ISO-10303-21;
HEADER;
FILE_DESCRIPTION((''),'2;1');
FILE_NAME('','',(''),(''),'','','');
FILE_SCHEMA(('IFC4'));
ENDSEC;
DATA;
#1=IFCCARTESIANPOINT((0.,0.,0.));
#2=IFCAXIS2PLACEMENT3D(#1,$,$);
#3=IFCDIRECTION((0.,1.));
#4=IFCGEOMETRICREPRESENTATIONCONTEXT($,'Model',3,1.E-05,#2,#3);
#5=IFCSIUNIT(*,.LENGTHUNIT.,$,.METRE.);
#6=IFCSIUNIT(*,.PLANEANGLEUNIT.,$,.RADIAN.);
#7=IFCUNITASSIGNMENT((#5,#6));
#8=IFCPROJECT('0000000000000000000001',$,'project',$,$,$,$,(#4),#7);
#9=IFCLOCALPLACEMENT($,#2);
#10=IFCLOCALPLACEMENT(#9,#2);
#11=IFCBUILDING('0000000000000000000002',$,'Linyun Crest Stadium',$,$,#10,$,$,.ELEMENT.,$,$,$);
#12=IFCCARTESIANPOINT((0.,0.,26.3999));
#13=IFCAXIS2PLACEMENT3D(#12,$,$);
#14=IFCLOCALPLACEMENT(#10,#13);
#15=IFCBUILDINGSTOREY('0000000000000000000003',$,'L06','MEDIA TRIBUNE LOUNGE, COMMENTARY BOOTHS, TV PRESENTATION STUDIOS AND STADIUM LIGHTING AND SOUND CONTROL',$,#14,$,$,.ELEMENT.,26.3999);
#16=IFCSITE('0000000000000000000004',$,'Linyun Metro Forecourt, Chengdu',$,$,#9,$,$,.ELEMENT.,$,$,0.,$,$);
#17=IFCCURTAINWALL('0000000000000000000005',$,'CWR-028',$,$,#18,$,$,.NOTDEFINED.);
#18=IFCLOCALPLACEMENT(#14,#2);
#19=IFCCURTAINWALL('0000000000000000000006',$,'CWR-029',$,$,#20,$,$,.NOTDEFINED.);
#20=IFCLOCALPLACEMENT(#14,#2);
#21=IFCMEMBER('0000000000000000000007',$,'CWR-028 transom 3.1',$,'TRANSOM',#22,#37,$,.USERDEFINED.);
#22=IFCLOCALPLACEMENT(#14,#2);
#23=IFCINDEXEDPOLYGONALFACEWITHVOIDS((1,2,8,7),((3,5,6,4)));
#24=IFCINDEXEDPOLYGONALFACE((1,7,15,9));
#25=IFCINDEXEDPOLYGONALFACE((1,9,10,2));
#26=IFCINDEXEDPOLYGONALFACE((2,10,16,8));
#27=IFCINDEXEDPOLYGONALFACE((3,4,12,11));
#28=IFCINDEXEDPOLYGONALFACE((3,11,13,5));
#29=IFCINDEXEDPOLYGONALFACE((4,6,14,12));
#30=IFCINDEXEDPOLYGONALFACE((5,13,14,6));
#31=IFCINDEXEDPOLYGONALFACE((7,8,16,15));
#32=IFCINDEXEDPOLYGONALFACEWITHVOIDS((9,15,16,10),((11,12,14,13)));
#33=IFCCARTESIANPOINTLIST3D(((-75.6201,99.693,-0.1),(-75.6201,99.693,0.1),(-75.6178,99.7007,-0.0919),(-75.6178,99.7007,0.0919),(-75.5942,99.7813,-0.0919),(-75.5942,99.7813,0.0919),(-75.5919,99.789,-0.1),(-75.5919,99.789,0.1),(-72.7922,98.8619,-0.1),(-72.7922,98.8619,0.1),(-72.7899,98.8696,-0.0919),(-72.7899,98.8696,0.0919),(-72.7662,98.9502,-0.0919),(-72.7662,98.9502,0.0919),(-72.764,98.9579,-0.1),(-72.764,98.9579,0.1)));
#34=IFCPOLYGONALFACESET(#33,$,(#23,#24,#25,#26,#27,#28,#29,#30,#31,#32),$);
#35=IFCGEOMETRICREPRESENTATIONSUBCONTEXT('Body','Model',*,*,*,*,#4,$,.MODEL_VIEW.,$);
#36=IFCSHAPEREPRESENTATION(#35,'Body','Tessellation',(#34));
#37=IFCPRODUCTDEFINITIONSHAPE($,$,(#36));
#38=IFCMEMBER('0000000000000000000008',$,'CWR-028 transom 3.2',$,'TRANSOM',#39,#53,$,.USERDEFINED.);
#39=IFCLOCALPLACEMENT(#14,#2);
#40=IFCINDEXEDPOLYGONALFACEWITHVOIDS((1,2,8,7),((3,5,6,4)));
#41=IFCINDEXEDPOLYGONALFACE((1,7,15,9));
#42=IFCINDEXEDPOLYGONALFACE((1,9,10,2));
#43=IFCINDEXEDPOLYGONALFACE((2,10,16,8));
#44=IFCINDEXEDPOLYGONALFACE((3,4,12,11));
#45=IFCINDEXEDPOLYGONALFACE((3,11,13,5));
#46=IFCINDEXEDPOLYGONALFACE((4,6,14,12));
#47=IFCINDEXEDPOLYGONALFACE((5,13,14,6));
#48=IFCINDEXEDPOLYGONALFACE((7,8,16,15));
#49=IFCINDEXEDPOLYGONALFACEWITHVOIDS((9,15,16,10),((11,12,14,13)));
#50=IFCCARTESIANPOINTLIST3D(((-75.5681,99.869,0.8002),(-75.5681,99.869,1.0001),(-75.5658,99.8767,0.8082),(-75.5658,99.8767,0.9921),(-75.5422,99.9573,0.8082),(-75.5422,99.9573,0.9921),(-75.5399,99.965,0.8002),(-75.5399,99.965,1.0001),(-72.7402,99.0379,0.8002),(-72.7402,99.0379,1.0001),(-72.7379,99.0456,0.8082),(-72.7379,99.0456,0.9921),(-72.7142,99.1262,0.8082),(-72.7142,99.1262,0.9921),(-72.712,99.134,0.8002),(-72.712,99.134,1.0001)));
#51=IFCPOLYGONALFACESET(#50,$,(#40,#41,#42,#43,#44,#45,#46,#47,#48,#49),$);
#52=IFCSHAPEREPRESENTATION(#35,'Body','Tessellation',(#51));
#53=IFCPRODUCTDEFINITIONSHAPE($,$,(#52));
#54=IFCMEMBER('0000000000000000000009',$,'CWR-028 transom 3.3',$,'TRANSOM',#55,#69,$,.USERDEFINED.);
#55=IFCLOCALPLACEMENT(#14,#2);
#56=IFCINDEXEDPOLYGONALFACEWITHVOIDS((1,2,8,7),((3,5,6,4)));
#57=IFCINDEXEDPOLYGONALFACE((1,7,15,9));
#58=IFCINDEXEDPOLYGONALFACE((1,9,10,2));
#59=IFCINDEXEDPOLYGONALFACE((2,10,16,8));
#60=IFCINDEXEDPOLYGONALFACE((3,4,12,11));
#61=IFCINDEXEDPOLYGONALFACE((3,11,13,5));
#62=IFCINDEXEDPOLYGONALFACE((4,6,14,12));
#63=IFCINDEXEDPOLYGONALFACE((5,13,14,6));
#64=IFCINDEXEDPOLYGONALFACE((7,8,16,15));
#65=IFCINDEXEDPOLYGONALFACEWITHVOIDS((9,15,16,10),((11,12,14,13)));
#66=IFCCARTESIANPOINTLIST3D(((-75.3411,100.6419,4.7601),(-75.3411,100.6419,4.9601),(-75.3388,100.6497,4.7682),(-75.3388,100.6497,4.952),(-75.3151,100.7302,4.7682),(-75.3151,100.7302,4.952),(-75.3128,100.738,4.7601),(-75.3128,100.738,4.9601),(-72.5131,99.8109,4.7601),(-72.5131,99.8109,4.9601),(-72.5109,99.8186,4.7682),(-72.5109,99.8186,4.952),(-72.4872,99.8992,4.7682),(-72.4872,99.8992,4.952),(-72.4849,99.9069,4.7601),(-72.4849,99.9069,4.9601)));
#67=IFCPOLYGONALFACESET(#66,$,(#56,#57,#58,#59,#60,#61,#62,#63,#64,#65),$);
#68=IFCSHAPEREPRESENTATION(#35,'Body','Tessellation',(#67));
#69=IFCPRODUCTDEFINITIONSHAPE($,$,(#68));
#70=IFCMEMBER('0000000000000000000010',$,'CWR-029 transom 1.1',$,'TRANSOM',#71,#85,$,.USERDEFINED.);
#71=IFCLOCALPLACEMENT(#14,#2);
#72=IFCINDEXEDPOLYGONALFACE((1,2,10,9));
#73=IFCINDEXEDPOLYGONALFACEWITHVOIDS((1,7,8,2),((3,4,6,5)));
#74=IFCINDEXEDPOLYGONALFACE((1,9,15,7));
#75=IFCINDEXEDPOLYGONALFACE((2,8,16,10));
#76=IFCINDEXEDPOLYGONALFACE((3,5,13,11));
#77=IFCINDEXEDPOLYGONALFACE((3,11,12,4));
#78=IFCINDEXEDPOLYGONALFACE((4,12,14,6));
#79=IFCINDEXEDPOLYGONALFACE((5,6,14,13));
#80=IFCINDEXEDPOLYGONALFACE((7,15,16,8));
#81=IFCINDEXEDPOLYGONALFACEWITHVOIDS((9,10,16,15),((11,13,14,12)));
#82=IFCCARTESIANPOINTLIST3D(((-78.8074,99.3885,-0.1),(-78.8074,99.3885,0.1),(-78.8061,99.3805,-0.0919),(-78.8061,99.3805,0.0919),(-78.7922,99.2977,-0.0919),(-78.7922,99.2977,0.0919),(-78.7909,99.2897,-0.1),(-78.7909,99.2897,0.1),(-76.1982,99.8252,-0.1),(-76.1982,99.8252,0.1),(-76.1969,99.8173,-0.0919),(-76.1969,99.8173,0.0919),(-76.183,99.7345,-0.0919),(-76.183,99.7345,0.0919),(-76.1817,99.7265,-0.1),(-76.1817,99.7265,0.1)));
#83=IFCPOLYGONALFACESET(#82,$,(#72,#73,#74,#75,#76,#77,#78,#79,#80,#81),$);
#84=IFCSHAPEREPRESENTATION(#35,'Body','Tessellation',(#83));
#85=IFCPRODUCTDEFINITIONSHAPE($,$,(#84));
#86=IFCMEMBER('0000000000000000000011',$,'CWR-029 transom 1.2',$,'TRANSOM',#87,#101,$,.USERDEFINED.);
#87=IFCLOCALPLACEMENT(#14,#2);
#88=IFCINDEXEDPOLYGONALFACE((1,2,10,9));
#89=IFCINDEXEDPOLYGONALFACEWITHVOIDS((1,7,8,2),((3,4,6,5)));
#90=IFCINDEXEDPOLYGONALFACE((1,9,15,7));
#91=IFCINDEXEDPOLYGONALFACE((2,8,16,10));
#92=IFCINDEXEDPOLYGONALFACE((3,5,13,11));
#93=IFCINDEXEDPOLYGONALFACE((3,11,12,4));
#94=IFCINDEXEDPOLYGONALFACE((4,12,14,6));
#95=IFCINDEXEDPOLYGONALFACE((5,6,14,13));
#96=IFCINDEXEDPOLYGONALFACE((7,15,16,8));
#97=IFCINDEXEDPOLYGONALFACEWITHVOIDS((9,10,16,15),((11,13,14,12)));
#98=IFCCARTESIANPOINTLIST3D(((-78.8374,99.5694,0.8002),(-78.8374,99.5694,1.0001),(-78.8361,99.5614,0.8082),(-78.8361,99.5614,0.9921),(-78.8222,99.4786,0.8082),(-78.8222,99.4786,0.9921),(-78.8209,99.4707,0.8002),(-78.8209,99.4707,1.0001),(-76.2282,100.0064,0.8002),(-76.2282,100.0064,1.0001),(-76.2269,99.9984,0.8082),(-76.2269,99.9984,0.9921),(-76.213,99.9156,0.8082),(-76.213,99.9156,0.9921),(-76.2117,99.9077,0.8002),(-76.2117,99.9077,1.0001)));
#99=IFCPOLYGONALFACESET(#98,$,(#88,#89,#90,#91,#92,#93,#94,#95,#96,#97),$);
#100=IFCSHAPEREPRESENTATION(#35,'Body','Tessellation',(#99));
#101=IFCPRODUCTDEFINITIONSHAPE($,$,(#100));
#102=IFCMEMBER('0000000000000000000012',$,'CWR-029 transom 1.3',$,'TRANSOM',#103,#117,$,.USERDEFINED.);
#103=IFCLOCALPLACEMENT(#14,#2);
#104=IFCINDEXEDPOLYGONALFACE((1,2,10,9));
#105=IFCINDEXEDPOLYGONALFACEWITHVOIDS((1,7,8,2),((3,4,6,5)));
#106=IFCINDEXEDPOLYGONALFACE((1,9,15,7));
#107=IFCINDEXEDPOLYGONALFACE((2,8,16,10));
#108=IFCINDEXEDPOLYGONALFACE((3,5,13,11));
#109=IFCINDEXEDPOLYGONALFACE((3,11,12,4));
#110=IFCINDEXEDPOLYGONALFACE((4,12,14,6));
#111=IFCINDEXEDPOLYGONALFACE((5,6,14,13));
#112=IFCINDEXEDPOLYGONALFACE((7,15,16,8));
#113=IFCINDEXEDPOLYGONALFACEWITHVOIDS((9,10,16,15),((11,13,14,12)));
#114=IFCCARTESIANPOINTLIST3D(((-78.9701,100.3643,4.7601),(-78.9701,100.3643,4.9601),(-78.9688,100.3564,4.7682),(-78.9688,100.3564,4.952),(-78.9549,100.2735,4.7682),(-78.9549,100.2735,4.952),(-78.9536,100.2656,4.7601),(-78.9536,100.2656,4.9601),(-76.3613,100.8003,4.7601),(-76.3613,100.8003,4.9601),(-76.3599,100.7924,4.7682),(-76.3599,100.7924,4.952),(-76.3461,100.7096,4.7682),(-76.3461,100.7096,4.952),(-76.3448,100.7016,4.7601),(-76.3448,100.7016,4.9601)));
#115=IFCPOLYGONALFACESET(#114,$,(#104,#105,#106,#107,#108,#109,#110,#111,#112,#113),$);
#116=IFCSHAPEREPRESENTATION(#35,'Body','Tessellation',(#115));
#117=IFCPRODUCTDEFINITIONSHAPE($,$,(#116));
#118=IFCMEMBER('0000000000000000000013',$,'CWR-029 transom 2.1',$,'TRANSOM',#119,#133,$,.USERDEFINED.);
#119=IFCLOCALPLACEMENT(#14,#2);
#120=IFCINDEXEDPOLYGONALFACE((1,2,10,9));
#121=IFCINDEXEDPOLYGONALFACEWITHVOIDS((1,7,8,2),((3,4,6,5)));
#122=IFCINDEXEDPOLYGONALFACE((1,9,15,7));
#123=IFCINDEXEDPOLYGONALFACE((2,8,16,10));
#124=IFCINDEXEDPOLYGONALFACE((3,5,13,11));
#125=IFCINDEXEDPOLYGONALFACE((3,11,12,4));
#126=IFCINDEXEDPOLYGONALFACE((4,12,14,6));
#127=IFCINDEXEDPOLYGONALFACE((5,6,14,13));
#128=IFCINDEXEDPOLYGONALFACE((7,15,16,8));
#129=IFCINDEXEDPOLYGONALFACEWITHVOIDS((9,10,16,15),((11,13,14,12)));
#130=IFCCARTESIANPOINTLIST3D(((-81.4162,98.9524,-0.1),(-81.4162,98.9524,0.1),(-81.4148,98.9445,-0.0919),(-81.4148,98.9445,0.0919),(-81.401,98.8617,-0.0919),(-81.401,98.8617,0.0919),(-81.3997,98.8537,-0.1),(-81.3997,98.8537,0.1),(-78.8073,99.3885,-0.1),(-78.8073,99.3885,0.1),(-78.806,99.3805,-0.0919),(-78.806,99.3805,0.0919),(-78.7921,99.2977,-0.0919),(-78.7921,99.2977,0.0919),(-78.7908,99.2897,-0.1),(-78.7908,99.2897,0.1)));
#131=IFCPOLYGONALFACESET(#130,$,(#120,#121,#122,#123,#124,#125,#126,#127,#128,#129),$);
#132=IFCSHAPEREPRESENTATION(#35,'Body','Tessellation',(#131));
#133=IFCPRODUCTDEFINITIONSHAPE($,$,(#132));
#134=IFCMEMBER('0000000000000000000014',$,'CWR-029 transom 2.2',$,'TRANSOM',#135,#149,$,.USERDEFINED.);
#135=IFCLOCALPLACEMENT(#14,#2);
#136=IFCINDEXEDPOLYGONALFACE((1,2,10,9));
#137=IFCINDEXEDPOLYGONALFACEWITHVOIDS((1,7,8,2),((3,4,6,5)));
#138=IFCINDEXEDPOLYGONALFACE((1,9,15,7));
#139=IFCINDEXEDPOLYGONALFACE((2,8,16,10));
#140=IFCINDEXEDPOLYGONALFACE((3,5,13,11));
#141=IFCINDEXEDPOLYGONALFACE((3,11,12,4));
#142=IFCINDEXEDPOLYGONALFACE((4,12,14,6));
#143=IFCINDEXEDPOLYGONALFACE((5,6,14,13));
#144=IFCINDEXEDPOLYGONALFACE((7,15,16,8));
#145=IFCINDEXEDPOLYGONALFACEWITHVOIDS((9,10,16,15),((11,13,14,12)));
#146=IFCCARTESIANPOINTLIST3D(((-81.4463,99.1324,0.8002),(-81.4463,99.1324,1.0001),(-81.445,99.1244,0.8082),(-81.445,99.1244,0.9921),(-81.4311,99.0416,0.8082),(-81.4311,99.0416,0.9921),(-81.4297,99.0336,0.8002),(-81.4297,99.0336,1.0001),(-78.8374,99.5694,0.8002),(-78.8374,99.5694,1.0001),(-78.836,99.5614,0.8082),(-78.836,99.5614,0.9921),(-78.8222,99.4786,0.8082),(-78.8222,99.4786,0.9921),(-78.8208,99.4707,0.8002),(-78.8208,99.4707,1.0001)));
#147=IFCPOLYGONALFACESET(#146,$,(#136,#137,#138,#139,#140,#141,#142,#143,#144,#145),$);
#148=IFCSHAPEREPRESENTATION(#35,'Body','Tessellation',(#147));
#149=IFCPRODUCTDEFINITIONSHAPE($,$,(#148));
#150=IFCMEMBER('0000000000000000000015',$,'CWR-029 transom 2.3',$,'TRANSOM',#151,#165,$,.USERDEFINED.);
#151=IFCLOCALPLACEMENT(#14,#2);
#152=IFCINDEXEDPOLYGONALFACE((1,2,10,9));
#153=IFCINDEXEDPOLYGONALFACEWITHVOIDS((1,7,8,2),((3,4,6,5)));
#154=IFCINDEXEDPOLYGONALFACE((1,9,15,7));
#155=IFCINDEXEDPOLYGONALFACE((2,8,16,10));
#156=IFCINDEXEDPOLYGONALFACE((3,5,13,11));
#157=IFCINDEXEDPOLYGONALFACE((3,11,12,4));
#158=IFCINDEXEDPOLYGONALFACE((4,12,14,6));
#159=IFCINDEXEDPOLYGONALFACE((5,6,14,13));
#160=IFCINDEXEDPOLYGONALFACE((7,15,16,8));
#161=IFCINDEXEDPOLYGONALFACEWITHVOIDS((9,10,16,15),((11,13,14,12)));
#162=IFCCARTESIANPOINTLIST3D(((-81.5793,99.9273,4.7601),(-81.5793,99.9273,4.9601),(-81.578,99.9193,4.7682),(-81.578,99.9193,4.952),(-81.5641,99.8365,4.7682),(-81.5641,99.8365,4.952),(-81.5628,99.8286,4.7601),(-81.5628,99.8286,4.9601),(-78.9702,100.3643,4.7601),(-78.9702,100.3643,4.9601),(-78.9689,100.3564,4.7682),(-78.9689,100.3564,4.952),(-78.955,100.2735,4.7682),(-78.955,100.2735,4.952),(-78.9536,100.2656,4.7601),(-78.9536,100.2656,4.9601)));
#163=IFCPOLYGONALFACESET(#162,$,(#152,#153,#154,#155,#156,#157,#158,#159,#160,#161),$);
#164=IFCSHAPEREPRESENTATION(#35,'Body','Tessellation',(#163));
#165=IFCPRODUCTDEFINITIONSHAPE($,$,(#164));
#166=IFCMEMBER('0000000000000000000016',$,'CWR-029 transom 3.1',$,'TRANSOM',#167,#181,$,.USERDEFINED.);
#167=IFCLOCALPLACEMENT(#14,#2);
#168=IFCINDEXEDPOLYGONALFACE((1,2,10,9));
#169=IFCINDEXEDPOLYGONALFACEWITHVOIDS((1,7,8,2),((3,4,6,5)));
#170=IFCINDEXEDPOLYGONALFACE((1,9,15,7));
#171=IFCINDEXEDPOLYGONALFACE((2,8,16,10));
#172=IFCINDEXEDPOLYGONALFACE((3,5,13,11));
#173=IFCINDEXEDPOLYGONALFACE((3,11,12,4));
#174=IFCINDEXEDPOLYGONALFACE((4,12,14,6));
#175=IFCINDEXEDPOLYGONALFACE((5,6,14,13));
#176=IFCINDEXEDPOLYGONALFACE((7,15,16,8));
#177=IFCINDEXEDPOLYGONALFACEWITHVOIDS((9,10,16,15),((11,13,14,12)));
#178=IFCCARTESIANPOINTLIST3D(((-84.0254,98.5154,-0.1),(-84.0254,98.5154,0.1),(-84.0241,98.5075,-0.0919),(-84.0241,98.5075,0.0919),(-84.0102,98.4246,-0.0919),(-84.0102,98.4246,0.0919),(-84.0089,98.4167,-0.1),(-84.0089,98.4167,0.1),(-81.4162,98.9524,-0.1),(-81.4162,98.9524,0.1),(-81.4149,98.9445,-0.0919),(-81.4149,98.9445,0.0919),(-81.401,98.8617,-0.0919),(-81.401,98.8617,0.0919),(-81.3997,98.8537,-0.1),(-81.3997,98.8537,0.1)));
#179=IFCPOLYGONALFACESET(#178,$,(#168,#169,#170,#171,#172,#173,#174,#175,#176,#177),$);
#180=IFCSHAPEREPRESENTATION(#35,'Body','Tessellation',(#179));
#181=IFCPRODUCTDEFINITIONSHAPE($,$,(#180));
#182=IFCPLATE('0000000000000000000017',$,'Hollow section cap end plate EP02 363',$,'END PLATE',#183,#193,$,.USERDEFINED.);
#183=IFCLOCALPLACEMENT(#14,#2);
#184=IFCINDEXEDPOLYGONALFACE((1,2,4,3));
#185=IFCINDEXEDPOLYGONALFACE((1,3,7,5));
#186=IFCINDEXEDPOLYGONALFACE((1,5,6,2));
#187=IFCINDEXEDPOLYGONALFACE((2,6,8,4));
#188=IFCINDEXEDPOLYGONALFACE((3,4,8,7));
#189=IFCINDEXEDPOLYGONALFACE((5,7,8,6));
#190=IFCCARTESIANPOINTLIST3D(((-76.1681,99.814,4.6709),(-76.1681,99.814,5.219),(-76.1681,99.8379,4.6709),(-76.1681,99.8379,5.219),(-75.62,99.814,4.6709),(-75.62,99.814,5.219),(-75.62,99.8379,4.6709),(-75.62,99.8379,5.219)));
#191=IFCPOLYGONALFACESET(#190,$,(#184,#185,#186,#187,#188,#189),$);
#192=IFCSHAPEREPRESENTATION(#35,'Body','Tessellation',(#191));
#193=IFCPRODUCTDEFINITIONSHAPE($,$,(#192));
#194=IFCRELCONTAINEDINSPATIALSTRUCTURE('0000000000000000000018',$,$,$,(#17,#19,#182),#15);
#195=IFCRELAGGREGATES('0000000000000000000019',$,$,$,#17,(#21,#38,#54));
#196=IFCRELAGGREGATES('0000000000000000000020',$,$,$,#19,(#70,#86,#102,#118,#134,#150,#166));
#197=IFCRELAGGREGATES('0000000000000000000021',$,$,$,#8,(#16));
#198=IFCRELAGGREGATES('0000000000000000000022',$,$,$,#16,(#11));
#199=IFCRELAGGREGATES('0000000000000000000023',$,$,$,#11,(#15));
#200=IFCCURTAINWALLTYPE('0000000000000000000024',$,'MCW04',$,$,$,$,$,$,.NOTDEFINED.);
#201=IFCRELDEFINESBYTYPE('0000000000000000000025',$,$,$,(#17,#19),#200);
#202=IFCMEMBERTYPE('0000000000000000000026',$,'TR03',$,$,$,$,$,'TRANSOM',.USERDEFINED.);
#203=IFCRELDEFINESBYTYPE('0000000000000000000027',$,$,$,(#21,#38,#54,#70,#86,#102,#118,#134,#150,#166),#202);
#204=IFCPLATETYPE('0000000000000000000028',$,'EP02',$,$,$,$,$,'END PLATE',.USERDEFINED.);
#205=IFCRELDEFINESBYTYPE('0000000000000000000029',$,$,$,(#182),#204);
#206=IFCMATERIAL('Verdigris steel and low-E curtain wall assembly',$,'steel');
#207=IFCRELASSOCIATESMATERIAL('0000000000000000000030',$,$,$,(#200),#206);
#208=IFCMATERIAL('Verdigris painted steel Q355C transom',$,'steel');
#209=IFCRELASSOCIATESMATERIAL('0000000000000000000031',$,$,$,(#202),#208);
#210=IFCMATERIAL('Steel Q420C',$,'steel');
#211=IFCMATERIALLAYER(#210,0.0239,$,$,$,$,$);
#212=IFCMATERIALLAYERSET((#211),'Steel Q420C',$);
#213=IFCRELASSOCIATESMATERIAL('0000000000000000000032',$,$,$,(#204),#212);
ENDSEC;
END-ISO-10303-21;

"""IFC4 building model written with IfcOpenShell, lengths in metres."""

from ifc_helpers import new_model, si_unit, direction, frame, origin, origin_2d, place, context, subcontext, project, spatial, rectangle, hollow_rectangle, extrude, material, layer, layer_set, material_profile, profile_set, type_object, element, aggregate, save


model = new_model("IFC4")

# Units and contexts
model_context = context("Model", 3, precision=1e-05, world=origin(), true_north=direction((0.0, 1.0)))
body_context = subcontext(model_context, "Body", "Model", "MODEL_VIEW")
ifc_project = project(units=[si_unit("LENGTHUNIT", "METRE"), si_unit("PLANEANGLEUNIT", "RADIAN")], contexts=[model_context])

# Site, building, storey
site_placement = place(None, origin())
site = spatial("IfcSite", under=ifc_project, at=site_placement, Name="Linyun Metro Forecourt, Chengdu", CompositionType="ELEMENT", RefElevation=0.0)
building_placement = place(site_placement, origin())
building = spatial("IfcBuilding", under=site, at=building_placement, Name="Linyun Crest Stadium", CompositionType="ELEMENT")
storey_placement = place(building_placement, frame((0.0, 0.0, 26.3999)))
storey = spatial("IfcBuildingStorey", under=building, at=storey_placement, Name="L06", Description="MEDIA TRIBUNE LOUNGE, COMMENTARY BOOTHS, TV PRESENTATION STUDIOS AND STADIUM LIGHTING AND SOUND CONTROL", CompositionType="ELEMENT", Elevation=26.3999)

# Curtain walls
ifc_material_1 = material(Name="Verdigris steel and low-E curtain wall assembly", Category="steel")
curtain_wall_type = type_object("IfcCurtainWallType", Name="MCW04", PredefinedType="NOTDEFINED", material=ifc_material_1)
curtain_wall_1_placement = place(storey_placement, origin())
curtain_wall_1 = element("IfcCurtainWall", 1, at=curtain_wall_1_placement, inside=storey, type_object=curtain_wall_type, Name="CWR-028", PredefinedType="NOTDEFINED")
curtain_wall_2_placement = place(storey_placement, origin())
curtain_wall_2 = element("IfcCurtainWall", 2, at=curtain_wall_2_placement, inside=storey, type_object=curtain_wall_type, Name="CWR-029", PredefinedType="NOTDEFINED")

# Members
ifc_material_2 = material(Name="Verdigris painted steel Q355C transom", Category="steel")
ifc_material_profile_1 = material_profile(ifc_material_2, hollow_rectangle(XDim=0.1001, YDim=0.2, WallThickness=0.0081, at=origin_2d()), Name="RHS 200x100x8")
ifc_profile_set_1 = profile_set([ifc_material_profile_1], Name="Verdigris painted steel Q355C transom")
member_type_1 = type_object("IfcMemberType", Name="TR03", ElementType="TRANSOM", PredefinedType="USERDEFINED", material=ifc_profile_set_1)
member_1_placement = place(storey_placement, frame((-72.7781, 98.9099, 0.0), z_axis=(-0.959427, 0.281956, 0.0), x_axis=(-0.281956, -0.959427, 0.0)))
member_1 = element("IfcMember", 3, at=member_1_placement, type_object=member_type_1, Name="CWR-028 transom 3.1", ObjectType="TRANSOM", PredefinedType="USERDEFINED", context=body_context, shape_type="SweptSolid", body=[
    extrude(hollow_rectangle(XDim=0.1001, YDim=0.2, WallThickness=0.0081, at=origin_2d()), origin(), (0.0, 0.0, 1.0), 2.9475),
])
member_2_placement = place(storey_placement, frame((-72.7261, 99.0859, 0.9001), z_axis=(-0.959427, 0.281956, 0.0), x_axis=(-0.281956, -0.959427, 0.0)))
member_2 = element("IfcMember", 4, at=member_2_placement, type_object=member_type_1, Name="CWR-028 transom 3.2", ObjectType="TRANSOM", PredefinedType="USERDEFINED", context=body_context, shape_type="SweptSolid", body=[
    extrude(hollow_rectangle(XDim=0.1001, YDim=0.2, WallThickness=0.0081, at=origin_2d()), origin(), (0.0, 0.0, 1.0), 2.9475),
])
member_3_placement = place(storey_placement, frame((-72.499, 99.8589, 4.8601), z_axis=(-0.959427, 0.281956, 0.0), x_axis=(-0.281956, -0.959427, 0.0)))
member_3 = element("IfcMember", 5, at=member_3_placement, type_object=member_type_1, Name="CWR-028 transom 3.3", ObjectType="TRANSOM", PredefinedType="USERDEFINED", context=body_context, shape_type="SweptSolid", body=[
    extrude(hollow_rectangle(XDim=0.1001, YDim=0.2, WallThickness=0.0081, at=origin_2d()), origin(), (0.0, 0.0, 1.0), 2.9475),
])
member_4_placement = place(storey_placement, frame((-76.1899, 99.7759, 0.0), z_axis=(-0.986276, -0.165102, 0.0), x_axis=(0.165102, -0.986276, 0.0)))
member_4 = element("IfcMember", 6, at=member_4_placement, type_object=member_type_1, Name="CWR-029 transom 1.1", ObjectType="TRANSOM", PredefinedType="USERDEFINED", context=body_context, shape_type="SweptSolid", body=[
    extrude(hollow_rectangle(XDim=0.1001, YDim=0.2, WallThickness=0.0081, at=origin_2d()), origin(), (0.0, 0.0, 1.0), 2.6455),
])
member_5_placement = place(storey_placement, frame((-76.22, 99.957, 0.9001), z_axis=(-0.986261, -0.165192, 0.0), x_axis=(0.165192, -0.986261, 0.0)))
member_5 = element("IfcMember", 7, at=member_5_placement, type_object=member_type_1, Name="CWR-029 transom 1.2", ObjectType="TRANSOM", PredefinedType="USERDEFINED", context=body_context, shape_type="SweptSolid", body=[
    extrude(hollow_rectangle(XDim=0.1001, YDim=0.2, WallThickness=0.0081, at=origin_2d()), origin(), (0.0, 0.0, 1.0), 2.6455),
])
member_6_placement = place(storey_placement, frame((-76.353, 100.751, 4.8601), z_axis=(-0.986319, -0.164848, 0.0), x_axis=(0.164848, -0.986319, 0.0)))
member_6 = element("IfcMember", 8, at=member_6_placement, type_object=member_type_1, Name="CWR-029 transom 1.3", ObjectType="TRANSOM", PredefinedType="USERDEFINED", context=body_context, shape_type="SweptSolid", body=[
    extrude(hollow_rectangle(XDim=0.1001, YDim=0.2, WallThickness=0.0081, at=origin_2d()), origin(), (0.0, 0.0, 1.0), 2.645),
])
member_7_placement = place(storey_placement, frame((-78.7991, 99.3391, 0.0), z_axis=(-0.986319, -0.164848, 0.0), x_axis=(0.164848, -0.986319, 0.0)))
member_7 = element("IfcMember", 9, at=member_7_placement, type_object=member_type_1, Name="CWR-029 transom 2.1", ObjectType="TRANSOM", PredefinedType="USERDEFINED", context=body_context, shape_type="SweptSolid", body=[
    extrude(hollow_rectangle(XDim=0.1001, YDim=0.2, WallThickness=0.0081, at=origin_2d()), origin(), (0.0, 0.0, 1.0), 2.645),
])
member_8_placement = place(storey_placement, frame((-78.8291, 99.52, 0.9001), z_axis=(-0.986259, -0.165207, 0.0), x_axis=(0.165207, -0.986259, 0.0)))
member_8 = element("IfcMember", 10, at=member_8_placement, type_object=member_type_1, Name="CWR-029 transom 2.2", ObjectType="TRANSOM", PredefinedType="USERDEFINED", context=body_context, shape_type="SweptSolid", body=[
    extrude(hollow_rectangle(XDim=0.1001, YDim=0.2, WallThickness=0.0081, at=origin_2d()), origin(), (0.0, 0.0, 1.0), 2.6453),
])
member_9_placement = place(storey_placement, frame((-78.9619, 100.3149, 4.8601), z_axis=(-0.986261, -0.165192, 0.0), x_axis=(0.165192, -0.986261, 0.0)))
member_9 = element("IfcMember", 11, at=member_9_placement, type_object=member_type_1, Name="CWR-029 transom 2.3", ObjectType="TRANSOM", PredefinedType="USERDEFINED", context=body_context, shape_type="SweptSolid", body=[
    extrude(hollow_rectangle(XDim=0.1001, YDim=0.2, WallThickness=0.0081, at=origin_2d()), origin(), (0.0, 0.0, 1.0), 2.6455),
])
member_10_placement = place(storey_placement, frame((-81.408, 98.9031, 0.0), z_axis=(-0.986261, -0.165192, 0.0), x_axis=(0.165192, -0.986261, 0.0)))
member_10 = element("IfcMember", 12, at=member_10_placement, type_object=member_type_1, Name="CWR-029 transom 3.1", ObjectType="TRANSOM", PredefinedType="USERDEFINED", context=body_context, shape_type="SweptSolid", body=[
    extrude(hollow_rectangle(XDim=0.1001, YDim=0.2, WallThickness=0.0081, at=origin_2d()), origin(), (0.0, 0.0, 1.0), 2.6455),
])

# Plate
ifc_material_3 = material(Name="Steel Q420C", Category="steel")
ifc_layer_1 = layer(ifc_material_3, 0.0239)
ifc_layer_set_1 = layer_set([ifc_layer_1], Name="Steel Q420C")
plate_type_1 = type_object("IfcPlateType", Name="EP02", ElementType="END PLATE", PredefinedType="USERDEFINED", material=ifc_layer_set_1)
plate_1_placement = place(storey_placement, frame((-75.894, 99.8259, 4.6709), z_axis=(0.0, 0.0, 1.0), x_axis=(1.0, 0.0, 0.0)))
element("IfcPlate", 13, at=plate_1_placement, inside=storey, type_object=plate_type_1, Name="Hollow section cap end plate EP02 363", ObjectType="END PLATE", PredefinedType="USERDEFINED", context=body_context, shape_type="SweptSolid", body=[
    extrude(rectangle(XDim=0.5481, YDim=0.0239, at=origin_2d()), origin(), (0.0, 0.0, 1.0), 0.5481),
])
aggregate(curtain_wall_1, [member_1, member_2, member_3])
aggregate(curtain_wall_2, [member_4, member_5, member_6, member_7, member_8, member_9, member_10])

save(model, "model.ifc")
